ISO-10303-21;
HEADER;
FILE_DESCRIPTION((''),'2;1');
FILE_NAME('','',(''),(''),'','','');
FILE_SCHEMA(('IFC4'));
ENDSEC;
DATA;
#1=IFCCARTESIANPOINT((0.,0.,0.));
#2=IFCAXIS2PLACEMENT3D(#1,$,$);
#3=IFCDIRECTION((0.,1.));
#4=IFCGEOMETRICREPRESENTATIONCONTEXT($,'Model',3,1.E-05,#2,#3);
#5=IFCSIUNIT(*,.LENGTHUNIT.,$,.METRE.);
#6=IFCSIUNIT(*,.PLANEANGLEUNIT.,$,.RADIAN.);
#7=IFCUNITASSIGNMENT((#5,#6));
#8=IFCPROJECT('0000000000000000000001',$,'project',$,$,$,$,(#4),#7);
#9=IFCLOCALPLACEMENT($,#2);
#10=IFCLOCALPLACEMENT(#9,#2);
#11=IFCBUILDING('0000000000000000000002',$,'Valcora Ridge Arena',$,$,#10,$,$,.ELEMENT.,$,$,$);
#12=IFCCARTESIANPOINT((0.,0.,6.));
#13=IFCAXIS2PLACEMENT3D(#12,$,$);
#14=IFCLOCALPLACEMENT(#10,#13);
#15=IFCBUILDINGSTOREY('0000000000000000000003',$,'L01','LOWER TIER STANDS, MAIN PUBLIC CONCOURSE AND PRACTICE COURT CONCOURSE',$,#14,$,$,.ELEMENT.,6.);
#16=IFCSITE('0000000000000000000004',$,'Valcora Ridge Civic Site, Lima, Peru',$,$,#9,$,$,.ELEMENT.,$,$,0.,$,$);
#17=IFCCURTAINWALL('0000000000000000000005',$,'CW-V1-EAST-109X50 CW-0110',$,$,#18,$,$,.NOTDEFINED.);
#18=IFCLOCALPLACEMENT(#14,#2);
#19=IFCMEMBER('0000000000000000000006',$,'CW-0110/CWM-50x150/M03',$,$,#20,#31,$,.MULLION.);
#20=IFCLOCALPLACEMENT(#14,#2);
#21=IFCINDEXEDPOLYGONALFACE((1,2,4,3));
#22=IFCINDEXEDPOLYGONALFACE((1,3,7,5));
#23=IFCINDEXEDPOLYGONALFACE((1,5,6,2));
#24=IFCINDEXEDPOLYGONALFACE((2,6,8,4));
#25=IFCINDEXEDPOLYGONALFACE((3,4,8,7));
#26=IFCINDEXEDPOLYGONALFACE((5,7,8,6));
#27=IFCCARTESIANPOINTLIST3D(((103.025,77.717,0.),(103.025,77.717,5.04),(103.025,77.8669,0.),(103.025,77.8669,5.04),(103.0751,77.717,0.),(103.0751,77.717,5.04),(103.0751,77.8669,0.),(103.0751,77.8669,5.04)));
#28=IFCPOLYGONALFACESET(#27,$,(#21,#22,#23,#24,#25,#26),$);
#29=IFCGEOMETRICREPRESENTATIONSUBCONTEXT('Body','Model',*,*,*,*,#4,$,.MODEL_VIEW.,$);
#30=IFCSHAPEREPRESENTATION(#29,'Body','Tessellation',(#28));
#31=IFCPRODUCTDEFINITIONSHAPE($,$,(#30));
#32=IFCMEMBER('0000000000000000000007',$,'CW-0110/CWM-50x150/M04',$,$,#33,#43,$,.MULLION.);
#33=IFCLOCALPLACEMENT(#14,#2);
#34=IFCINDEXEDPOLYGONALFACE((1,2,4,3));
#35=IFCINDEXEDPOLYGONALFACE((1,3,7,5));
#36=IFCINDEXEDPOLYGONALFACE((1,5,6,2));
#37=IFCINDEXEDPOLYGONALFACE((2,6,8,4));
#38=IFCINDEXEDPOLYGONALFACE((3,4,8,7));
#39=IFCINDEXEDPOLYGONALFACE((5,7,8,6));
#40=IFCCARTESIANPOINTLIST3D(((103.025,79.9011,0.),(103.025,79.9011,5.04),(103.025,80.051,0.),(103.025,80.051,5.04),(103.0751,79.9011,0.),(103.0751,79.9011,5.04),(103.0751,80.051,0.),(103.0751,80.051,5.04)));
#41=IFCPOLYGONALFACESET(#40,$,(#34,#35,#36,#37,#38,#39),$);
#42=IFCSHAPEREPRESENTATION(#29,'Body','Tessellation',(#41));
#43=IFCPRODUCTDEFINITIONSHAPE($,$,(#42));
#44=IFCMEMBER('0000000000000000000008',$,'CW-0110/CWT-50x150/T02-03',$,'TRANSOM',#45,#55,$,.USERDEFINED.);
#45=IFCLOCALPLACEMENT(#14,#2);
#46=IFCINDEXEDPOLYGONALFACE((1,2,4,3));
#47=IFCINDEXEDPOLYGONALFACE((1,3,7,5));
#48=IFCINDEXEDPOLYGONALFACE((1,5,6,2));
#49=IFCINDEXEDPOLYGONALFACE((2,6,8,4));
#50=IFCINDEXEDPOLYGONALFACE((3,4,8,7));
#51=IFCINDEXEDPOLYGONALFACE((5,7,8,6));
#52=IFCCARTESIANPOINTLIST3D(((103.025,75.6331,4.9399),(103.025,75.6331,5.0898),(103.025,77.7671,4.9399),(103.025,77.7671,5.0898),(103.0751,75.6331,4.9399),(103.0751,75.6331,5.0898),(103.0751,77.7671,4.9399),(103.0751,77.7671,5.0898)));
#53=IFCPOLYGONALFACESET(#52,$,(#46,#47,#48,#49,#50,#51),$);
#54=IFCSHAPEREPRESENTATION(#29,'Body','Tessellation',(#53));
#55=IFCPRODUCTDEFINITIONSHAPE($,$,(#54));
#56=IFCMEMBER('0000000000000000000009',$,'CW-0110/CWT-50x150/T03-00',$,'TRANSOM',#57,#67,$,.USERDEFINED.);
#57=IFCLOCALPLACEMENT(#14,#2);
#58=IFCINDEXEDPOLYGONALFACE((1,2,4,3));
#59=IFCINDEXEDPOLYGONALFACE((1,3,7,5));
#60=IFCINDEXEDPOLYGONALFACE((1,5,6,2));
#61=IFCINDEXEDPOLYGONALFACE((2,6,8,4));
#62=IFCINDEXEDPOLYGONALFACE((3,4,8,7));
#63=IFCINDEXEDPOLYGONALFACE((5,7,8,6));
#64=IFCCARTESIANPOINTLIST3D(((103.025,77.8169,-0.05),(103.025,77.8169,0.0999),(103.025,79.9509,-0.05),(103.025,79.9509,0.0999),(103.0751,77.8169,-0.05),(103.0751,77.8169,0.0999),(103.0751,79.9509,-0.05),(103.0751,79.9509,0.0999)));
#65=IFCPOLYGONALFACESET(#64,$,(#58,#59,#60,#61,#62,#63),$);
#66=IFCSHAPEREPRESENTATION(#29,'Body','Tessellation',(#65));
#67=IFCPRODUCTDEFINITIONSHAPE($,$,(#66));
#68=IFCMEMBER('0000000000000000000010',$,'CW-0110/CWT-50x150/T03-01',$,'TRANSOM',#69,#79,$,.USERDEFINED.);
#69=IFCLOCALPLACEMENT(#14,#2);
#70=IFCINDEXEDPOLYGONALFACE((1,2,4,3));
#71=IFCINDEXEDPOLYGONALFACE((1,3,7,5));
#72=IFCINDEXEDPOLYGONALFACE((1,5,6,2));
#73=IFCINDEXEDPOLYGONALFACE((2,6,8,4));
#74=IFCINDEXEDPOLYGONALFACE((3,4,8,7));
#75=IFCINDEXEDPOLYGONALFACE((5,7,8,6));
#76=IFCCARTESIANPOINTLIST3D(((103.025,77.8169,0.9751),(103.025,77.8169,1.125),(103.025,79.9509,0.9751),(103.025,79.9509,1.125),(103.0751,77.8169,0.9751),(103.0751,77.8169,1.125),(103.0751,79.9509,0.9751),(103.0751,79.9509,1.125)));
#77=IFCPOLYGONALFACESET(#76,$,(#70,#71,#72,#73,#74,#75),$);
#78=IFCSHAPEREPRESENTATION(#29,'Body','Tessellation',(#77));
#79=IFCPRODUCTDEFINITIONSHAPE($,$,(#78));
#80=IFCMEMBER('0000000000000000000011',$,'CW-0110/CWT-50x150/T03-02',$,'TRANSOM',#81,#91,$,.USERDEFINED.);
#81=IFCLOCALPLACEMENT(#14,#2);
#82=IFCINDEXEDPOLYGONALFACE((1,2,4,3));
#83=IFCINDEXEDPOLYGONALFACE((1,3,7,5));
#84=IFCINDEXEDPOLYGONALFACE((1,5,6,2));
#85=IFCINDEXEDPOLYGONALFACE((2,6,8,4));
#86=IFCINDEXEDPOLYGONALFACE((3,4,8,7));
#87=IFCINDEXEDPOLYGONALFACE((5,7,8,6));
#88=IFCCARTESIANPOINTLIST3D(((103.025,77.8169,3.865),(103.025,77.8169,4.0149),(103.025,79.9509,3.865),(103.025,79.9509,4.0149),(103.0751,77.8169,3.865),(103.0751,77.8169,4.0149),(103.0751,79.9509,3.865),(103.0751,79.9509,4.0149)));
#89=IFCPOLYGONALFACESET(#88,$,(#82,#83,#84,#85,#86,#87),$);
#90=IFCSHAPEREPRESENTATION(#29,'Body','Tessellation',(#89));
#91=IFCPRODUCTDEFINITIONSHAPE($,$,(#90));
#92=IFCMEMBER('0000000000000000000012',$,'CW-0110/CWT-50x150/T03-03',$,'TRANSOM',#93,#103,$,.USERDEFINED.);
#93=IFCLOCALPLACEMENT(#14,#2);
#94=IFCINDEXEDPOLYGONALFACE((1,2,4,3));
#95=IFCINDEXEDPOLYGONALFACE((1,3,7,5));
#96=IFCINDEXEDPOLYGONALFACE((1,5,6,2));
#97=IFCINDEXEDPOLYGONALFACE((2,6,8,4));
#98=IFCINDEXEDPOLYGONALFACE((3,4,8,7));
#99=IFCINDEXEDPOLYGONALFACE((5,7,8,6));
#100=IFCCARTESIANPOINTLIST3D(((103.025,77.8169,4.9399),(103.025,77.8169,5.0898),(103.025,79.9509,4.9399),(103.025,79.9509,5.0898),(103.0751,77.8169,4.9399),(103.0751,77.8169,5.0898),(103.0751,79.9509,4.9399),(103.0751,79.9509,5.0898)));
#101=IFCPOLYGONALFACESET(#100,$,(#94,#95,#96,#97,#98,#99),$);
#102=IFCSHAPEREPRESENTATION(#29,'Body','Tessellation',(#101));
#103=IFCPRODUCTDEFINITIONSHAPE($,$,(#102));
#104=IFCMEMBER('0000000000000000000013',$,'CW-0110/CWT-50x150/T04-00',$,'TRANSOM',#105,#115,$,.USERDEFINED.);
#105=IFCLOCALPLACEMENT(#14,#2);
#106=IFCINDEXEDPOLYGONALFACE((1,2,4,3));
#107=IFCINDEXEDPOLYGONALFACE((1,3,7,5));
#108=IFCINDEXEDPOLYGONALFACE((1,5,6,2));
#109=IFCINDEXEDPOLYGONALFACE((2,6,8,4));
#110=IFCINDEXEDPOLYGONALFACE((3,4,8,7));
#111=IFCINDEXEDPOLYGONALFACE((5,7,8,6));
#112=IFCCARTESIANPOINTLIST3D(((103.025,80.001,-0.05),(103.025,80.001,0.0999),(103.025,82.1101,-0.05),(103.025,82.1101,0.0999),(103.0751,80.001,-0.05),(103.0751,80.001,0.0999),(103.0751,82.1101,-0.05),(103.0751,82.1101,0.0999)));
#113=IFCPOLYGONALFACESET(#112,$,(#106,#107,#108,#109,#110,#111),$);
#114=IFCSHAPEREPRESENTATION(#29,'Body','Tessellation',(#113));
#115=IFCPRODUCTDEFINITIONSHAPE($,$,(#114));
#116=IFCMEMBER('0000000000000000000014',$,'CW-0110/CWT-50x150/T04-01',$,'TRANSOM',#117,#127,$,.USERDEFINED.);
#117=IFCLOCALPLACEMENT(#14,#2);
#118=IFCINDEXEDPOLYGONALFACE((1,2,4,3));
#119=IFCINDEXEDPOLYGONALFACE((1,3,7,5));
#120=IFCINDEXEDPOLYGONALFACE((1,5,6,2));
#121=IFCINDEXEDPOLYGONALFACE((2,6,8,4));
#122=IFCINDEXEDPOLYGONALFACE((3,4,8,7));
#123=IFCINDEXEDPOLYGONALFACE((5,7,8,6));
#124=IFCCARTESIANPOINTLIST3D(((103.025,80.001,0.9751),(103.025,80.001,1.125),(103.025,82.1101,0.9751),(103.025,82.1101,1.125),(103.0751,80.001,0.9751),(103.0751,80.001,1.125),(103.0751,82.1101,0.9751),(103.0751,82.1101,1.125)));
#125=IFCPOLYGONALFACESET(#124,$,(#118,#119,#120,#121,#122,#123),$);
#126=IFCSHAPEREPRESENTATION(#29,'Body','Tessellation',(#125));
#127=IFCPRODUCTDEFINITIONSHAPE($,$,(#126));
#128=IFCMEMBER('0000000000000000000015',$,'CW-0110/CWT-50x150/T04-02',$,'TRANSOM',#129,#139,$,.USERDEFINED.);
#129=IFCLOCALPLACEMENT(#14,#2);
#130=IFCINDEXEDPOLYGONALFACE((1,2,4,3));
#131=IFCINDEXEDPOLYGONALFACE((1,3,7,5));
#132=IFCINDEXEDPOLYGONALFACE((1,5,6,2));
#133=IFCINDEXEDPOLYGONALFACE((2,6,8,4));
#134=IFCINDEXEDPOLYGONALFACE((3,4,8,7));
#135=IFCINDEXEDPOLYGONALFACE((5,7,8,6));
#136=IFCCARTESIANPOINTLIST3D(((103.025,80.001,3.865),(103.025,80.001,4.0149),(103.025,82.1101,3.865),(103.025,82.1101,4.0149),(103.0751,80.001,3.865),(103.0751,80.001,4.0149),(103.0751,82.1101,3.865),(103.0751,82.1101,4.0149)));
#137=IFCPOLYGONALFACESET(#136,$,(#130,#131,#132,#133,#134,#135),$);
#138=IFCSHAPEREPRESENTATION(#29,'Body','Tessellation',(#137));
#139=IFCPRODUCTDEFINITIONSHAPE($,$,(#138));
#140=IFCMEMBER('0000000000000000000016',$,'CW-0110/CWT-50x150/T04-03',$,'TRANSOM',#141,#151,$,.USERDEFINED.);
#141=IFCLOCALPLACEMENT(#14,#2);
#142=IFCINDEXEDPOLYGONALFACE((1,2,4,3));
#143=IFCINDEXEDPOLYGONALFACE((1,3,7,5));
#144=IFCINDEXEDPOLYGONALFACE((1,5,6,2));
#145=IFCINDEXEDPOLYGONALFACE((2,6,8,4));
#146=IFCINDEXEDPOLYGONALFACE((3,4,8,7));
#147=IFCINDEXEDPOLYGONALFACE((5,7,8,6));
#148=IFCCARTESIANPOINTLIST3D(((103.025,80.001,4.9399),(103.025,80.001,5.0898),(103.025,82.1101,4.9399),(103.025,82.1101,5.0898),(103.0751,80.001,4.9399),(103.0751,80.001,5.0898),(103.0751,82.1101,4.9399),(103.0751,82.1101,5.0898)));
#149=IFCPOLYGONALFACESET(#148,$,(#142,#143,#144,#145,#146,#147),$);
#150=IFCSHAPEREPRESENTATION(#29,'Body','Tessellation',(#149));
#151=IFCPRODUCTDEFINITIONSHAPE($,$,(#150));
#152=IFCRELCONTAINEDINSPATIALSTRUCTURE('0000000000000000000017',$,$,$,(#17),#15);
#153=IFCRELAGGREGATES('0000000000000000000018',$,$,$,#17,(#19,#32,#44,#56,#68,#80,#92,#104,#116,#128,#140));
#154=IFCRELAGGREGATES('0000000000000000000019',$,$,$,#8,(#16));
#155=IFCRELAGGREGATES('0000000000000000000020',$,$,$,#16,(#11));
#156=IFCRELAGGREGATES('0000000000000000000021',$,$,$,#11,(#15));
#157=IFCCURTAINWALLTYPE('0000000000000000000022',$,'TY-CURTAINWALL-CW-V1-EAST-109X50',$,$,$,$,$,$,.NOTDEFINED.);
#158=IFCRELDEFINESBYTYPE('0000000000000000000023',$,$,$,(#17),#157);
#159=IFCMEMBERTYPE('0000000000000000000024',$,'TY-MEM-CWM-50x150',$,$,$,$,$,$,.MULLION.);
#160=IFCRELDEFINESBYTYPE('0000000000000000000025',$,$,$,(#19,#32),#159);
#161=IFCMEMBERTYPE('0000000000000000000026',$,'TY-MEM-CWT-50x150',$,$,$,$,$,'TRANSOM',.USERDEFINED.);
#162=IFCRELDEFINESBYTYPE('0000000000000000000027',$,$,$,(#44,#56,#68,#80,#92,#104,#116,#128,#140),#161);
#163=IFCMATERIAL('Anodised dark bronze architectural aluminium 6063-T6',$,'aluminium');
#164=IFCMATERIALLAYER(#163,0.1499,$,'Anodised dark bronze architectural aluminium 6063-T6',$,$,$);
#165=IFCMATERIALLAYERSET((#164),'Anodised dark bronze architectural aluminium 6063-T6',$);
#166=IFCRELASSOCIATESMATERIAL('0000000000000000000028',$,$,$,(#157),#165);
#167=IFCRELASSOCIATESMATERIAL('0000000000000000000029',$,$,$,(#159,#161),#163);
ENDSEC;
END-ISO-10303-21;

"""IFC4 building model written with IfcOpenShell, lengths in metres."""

from ifc_helpers import new_model, si_unit, direction, frame, origin, origin_2d, place, context, subcontext, project, spatial, rectangle, extrude, material, layer, layer_set, material_profile, profile_set, type_object, element, aggregate, save


model = new_model("IFC4")

# Units and contexts
model_context = context("Model", 3, precision=1e-05, world=origin(), true_north=direction((0.0, 1.0)))
body_context = subcontext(model_context, "Body", "Model", "MODEL_VIEW")
ifc_project = project(units=[si_unit("LENGTHUNIT", "METRE"), si_unit("PLANEANGLEUNIT", "RADIAN")], contexts=[model_context])

# Site, building, storey
site_placement = place(None, origin())
site = spatial("IfcSite", under=ifc_project, at=site_placement, Name="Valcora Ridge Civic Site, Lima, Peru", CompositionType="ELEMENT", RefElevation=0.0)
building_placement = place(site_placement, origin())
building = spatial("IfcBuilding", under=site, at=building_placement, Name="Valcora Ridge Arena", CompositionType="ELEMENT")
storey_placement = place(building_placement, frame((0.0, 0.0, 6.0)))
storey = spatial("IfcBuildingStorey", under=building, at=storey_placement, Name="L01", Description="LOWER TIER STANDS, MAIN PUBLIC CONCOURSE AND PRACTICE COURT CONCOURSE", CompositionType="ELEMENT", Elevation=6.0)

# Curtain wall, members
ifc_material_1 = material(Name="Anodised dark bronze architectural aluminium 6063-T6", Category="aluminium")
ifc_layer_1 = layer(ifc_material_1, 0.1499, Name="Anodised dark bronze architectural aluminium 6063-T6")
ifc_layer_set_1 = layer_set([ifc_layer_1], Name="Anodised dark bronze architectural aluminium 6063-T6")
curtain_wall_type = type_object("IfcCurtainWallType", Name="TY-CURTAINWALL-CW-V1-EAST-109X50", PredefinedType="NOTDEFINED", material=ifc_layer_set_1)
curtain_wall_placement = place(storey_placement, origin())
curtain_wall = element("IfcCurtainWall", 1, at=curtain_wall_placement, inside=storey, type_object=curtain_wall_type, Name="CW-V1-EAST-109X50 CW-0110", PredefinedType="NOTDEFINED")
ifc_material_profile_1 = material_profile(ifc_material_1, rectangle(XDim=0.05, YDim=0.1499, at=origin_2d()), Name="ALU MULLION 50x150")
ifc_profile_set_1 = profile_set([ifc_material_profile_1], Name="Anodised dark bronze architectural aluminium 6063-T6")
member_type_1 = type_object("IfcMemberType", Name="TY-MEM-CWM-50x150", PredefinedType="MULLION", material=ifc_profile_set_1)
member_1_placement = place(storey_placement, frame((103.05, 77.792, 0.0), z_axis=(0.0, 0.0, 1.0), x_axis=(-1.0, 0.0, 0.0)))
member_1 = element("IfcMember", 2, at=member_1_placement, type_object=member_type_1, Name="CW-0110/CWM-50x150/M03", PredefinedType="MULLION", context=body_context, shape_type="SweptSolid", body=[
    extrude(rectangle(XDim=0.05, YDim=0.1499, at=origin_2d()), origin(), (0.0, 0.0, 1.0), 5.04),
])
member_2_placement = place(storey_placement, frame((103.05, 79.9761, 0.0), z_axis=(0.0, 0.0, 1.0), x_axis=(-1.0, 0.0, 0.0)))
member_2 = element("IfcMember", 3, at=member_2_placement, type_object=member_type_1, Name="CW-0110/CWM-50x150/M04", PredefinedType="MULLION", context=body_context, shape_type="SweptSolid", body=[
    extrude(rectangle(XDim=0.05, YDim=0.1499, at=origin_2d()), origin(), (0.0, 0.0, 1.0), 5.04),
])
ifc_material_profile_2 = material_profile(ifc_material_1, rectangle(XDim=0.05, YDim=0.1499, at=origin_2d()), Name="ALU TRANSOM 50x150")
ifc_profile_set_2 = profile_set([ifc_material_profile_2], Name="Anodised dark bronze architectural aluminium 6063-T6")
member_type_2 = type_object("IfcMemberType", Name="TY-MEM-CWT-50x150", ElementType="TRANSOM", PredefinedType="USERDEFINED", material=ifc_profile_set_2)
member_3_placement = place(storey_placement, frame((103.05, 75.6331, 5.0149), z_axis=(0.0, 1.0, 0.0), x_axis=(-1.0, 0.0, 0.0)))
member_3 = element("IfcMember", 4, at=member_3_placement, type_object=member_type_2, Name="CW-0110/CWT-50x150/T02-03", ObjectType="TRANSOM", PredefinedType="USERDEFINED", context=body_context, shape_type="SweptSolid", body=[
    extrude(rectangle(XDim=0.05, YDim=0.1499, at=origin_2d()), origin(), (0.0, 0.0, 1.0), 2.134),
])
member_4_placement = place(storey_placement, frame((103.05, 77.8169, 0.0249), z_axis=(0.0, 1.0, 0.0), x_axis=(-1.0, 0.0, 0.0)))
member_4 = element("IfcMember", 5, at=member_4_placement, type_object=member_type_2, Name="CW-0110/CWT-50x150/T03-00", ObjectType="TRANSOM", PredefinedType="USERDEFINED", context=body_context, shape_type="SweptSolid", body=[
    extrude(rectangle(XDim=0.05, YDim=0.1499, at=origin_2d()), origin(), (0.0, 0.0, 1.0), 2.134),
])
member_5_placement = place(storey_placement, frame((103.05, 77.8169, 1.05), z_axis=(0.0, 1.0, 0.0), x_axis=(-1.0, 0.0, 0.0)))
member_5 = element("IfcMember", 6, at=member_5_placement, type_object=member_type_2, Name="CW-0110/CWT-50x150/T03-01", ObjectType="TRANSOM", PredefinedType="USERDEFINED", context=body_context, shape_type="SweptSolid", body=[
    extrude(rectangle(XDim=0.05, YDim=0.1499, at=origin_2d()), origin(), (0.0, 0.0, 1.0), 2.134),
])
member_6_placement = place(storey_placement, frame((103.05, 77.8169, 3.9399), z_axis=(0.0, 1.0, 0.0), x_axis=(-1.0, 0.0, 0.0)))
member_6 = element("IfcMember", 7, at=member_6_placement, type_object=member_type_2, Name="CW-0110/CWT-50x150/T03-02", ObjectType="TRANSOM", PredefinedType="USERDEFINED", context=body_context, shape_type="SweptSolid", body=[
    extrude(rectangle(XDim=0.05, YDim=0.1499, at=origin_2d()), origin(), (0.0, 0.0, 1.0), 2.134),
])
member_7_placement = place(storey_placement, frame((103.05, 77.8169, 5.0149), z_axis=(0.0, 1.0, 0.0), x_axis=(-1.0, 0.0, 0.0)))
member_7 = element("IfcMember", 8, at=member_7_placement, type_object=member_type_2, Name="CW-0110/CWT-50x150/T03-03", ObjectType="TRANSOM", PredefinedType="USERDEFINED", context=body_context, shape_type="SweptSolid", body=[
    extrude(rectangle(XDim=0.05, YDim=0.1499, at=origin_2d()), origin(), (0.0, 0.0, 1.0), 2.134),
])
member_8_placement = place(storey_placement, frame((103.05, 80.001, 0.0249), z_axis=(0.0, 1.0, 0.0), x_axis=(-1.0, 0.0, 0.0)))
member_8 = element("IfcMember", 9, at=member_8_placement, type_object=member_type_2, Name="CW-0110/CWT-50x150/T04-00", ObjectType="TRANSOM", PredefinedType="USERDEFINED", context=body_context, shape_type="SweptSolid", body=[
    extrude(rectangle(XDim=0.05, YDim=0.1499, at=origin_2d()), origin(), (0.0, 0.0, 1.0), 2.1091),
])
member_9_placement = place(storey_placement, frame((103.05, 80.001, 1.05), z_axis=(0.0, 1.0, 0.0), x_axis=(-1.0, 0.0, 0.0)))
member_9 = element("IfcMember", 10, at=member_9_placement, type_object=member_type_2, Name="CW-0110/CWT-50x150/T04-01", ObjectType="TRANSOM", PredefinedType="USERDEFINED", context=body_context, shape_type="SweptSolid", body=[
    extrude(rectangle(XDim=0.05, YDim=0.1499, at=origin_2d()), origin(), (0.0, 0.0, 1.0), 2.1091),
])
member_10_placement = place(storey_placement, frame((103.05, 80.001, 3.9399), z_axis=(0.0, 1.0, 0.0), x_axis=(-1.0, 0.0, 0.0)))
member_10 = element("IfcMember", 11, at=member_10_placement, type_object=member_type_2, Name="CW-0110/CWT-50x150/T04-02", ObjectType="TRANSOM", PredefinedType="USERDEFINED", context=body_context, shape_type="SweptSolid", body=[
    extrude(rectangle(XDim=0.05, YDim=0.1499, at=origin_2d()), origin(), (0.0, 0.0, 1.0), 2.1091),
])
member_11_placement = place(storey_placement, frame((103.05, 80.001, 5.0149), z_axis=(0.0, 1.0, 0.0), x_axis=(-1.0, 0.0, 0.0)))
member_11 = element("IfcMember", 12, at=member_11_placement, type_object=member_type_2, Name="CW-0110/CWT-50x150/T04-03", ObjectType="TRANSOM", PredefinedType="USERDEFINED", context=body_context, shape_type="SweptSolid", body=[
    extrude(rectangle(XDim=0.05, YDim=0.1499, at=origin_2d()), origin(), (0.0, 0.0, 1.0), 2.1091),
])

aggregate(curtain_wall, [member_1, member_2, member_3, member_4, member_5, member_6, member_7, member_8, member_9, member_10, member_11])

save(model, "model.ifc")
